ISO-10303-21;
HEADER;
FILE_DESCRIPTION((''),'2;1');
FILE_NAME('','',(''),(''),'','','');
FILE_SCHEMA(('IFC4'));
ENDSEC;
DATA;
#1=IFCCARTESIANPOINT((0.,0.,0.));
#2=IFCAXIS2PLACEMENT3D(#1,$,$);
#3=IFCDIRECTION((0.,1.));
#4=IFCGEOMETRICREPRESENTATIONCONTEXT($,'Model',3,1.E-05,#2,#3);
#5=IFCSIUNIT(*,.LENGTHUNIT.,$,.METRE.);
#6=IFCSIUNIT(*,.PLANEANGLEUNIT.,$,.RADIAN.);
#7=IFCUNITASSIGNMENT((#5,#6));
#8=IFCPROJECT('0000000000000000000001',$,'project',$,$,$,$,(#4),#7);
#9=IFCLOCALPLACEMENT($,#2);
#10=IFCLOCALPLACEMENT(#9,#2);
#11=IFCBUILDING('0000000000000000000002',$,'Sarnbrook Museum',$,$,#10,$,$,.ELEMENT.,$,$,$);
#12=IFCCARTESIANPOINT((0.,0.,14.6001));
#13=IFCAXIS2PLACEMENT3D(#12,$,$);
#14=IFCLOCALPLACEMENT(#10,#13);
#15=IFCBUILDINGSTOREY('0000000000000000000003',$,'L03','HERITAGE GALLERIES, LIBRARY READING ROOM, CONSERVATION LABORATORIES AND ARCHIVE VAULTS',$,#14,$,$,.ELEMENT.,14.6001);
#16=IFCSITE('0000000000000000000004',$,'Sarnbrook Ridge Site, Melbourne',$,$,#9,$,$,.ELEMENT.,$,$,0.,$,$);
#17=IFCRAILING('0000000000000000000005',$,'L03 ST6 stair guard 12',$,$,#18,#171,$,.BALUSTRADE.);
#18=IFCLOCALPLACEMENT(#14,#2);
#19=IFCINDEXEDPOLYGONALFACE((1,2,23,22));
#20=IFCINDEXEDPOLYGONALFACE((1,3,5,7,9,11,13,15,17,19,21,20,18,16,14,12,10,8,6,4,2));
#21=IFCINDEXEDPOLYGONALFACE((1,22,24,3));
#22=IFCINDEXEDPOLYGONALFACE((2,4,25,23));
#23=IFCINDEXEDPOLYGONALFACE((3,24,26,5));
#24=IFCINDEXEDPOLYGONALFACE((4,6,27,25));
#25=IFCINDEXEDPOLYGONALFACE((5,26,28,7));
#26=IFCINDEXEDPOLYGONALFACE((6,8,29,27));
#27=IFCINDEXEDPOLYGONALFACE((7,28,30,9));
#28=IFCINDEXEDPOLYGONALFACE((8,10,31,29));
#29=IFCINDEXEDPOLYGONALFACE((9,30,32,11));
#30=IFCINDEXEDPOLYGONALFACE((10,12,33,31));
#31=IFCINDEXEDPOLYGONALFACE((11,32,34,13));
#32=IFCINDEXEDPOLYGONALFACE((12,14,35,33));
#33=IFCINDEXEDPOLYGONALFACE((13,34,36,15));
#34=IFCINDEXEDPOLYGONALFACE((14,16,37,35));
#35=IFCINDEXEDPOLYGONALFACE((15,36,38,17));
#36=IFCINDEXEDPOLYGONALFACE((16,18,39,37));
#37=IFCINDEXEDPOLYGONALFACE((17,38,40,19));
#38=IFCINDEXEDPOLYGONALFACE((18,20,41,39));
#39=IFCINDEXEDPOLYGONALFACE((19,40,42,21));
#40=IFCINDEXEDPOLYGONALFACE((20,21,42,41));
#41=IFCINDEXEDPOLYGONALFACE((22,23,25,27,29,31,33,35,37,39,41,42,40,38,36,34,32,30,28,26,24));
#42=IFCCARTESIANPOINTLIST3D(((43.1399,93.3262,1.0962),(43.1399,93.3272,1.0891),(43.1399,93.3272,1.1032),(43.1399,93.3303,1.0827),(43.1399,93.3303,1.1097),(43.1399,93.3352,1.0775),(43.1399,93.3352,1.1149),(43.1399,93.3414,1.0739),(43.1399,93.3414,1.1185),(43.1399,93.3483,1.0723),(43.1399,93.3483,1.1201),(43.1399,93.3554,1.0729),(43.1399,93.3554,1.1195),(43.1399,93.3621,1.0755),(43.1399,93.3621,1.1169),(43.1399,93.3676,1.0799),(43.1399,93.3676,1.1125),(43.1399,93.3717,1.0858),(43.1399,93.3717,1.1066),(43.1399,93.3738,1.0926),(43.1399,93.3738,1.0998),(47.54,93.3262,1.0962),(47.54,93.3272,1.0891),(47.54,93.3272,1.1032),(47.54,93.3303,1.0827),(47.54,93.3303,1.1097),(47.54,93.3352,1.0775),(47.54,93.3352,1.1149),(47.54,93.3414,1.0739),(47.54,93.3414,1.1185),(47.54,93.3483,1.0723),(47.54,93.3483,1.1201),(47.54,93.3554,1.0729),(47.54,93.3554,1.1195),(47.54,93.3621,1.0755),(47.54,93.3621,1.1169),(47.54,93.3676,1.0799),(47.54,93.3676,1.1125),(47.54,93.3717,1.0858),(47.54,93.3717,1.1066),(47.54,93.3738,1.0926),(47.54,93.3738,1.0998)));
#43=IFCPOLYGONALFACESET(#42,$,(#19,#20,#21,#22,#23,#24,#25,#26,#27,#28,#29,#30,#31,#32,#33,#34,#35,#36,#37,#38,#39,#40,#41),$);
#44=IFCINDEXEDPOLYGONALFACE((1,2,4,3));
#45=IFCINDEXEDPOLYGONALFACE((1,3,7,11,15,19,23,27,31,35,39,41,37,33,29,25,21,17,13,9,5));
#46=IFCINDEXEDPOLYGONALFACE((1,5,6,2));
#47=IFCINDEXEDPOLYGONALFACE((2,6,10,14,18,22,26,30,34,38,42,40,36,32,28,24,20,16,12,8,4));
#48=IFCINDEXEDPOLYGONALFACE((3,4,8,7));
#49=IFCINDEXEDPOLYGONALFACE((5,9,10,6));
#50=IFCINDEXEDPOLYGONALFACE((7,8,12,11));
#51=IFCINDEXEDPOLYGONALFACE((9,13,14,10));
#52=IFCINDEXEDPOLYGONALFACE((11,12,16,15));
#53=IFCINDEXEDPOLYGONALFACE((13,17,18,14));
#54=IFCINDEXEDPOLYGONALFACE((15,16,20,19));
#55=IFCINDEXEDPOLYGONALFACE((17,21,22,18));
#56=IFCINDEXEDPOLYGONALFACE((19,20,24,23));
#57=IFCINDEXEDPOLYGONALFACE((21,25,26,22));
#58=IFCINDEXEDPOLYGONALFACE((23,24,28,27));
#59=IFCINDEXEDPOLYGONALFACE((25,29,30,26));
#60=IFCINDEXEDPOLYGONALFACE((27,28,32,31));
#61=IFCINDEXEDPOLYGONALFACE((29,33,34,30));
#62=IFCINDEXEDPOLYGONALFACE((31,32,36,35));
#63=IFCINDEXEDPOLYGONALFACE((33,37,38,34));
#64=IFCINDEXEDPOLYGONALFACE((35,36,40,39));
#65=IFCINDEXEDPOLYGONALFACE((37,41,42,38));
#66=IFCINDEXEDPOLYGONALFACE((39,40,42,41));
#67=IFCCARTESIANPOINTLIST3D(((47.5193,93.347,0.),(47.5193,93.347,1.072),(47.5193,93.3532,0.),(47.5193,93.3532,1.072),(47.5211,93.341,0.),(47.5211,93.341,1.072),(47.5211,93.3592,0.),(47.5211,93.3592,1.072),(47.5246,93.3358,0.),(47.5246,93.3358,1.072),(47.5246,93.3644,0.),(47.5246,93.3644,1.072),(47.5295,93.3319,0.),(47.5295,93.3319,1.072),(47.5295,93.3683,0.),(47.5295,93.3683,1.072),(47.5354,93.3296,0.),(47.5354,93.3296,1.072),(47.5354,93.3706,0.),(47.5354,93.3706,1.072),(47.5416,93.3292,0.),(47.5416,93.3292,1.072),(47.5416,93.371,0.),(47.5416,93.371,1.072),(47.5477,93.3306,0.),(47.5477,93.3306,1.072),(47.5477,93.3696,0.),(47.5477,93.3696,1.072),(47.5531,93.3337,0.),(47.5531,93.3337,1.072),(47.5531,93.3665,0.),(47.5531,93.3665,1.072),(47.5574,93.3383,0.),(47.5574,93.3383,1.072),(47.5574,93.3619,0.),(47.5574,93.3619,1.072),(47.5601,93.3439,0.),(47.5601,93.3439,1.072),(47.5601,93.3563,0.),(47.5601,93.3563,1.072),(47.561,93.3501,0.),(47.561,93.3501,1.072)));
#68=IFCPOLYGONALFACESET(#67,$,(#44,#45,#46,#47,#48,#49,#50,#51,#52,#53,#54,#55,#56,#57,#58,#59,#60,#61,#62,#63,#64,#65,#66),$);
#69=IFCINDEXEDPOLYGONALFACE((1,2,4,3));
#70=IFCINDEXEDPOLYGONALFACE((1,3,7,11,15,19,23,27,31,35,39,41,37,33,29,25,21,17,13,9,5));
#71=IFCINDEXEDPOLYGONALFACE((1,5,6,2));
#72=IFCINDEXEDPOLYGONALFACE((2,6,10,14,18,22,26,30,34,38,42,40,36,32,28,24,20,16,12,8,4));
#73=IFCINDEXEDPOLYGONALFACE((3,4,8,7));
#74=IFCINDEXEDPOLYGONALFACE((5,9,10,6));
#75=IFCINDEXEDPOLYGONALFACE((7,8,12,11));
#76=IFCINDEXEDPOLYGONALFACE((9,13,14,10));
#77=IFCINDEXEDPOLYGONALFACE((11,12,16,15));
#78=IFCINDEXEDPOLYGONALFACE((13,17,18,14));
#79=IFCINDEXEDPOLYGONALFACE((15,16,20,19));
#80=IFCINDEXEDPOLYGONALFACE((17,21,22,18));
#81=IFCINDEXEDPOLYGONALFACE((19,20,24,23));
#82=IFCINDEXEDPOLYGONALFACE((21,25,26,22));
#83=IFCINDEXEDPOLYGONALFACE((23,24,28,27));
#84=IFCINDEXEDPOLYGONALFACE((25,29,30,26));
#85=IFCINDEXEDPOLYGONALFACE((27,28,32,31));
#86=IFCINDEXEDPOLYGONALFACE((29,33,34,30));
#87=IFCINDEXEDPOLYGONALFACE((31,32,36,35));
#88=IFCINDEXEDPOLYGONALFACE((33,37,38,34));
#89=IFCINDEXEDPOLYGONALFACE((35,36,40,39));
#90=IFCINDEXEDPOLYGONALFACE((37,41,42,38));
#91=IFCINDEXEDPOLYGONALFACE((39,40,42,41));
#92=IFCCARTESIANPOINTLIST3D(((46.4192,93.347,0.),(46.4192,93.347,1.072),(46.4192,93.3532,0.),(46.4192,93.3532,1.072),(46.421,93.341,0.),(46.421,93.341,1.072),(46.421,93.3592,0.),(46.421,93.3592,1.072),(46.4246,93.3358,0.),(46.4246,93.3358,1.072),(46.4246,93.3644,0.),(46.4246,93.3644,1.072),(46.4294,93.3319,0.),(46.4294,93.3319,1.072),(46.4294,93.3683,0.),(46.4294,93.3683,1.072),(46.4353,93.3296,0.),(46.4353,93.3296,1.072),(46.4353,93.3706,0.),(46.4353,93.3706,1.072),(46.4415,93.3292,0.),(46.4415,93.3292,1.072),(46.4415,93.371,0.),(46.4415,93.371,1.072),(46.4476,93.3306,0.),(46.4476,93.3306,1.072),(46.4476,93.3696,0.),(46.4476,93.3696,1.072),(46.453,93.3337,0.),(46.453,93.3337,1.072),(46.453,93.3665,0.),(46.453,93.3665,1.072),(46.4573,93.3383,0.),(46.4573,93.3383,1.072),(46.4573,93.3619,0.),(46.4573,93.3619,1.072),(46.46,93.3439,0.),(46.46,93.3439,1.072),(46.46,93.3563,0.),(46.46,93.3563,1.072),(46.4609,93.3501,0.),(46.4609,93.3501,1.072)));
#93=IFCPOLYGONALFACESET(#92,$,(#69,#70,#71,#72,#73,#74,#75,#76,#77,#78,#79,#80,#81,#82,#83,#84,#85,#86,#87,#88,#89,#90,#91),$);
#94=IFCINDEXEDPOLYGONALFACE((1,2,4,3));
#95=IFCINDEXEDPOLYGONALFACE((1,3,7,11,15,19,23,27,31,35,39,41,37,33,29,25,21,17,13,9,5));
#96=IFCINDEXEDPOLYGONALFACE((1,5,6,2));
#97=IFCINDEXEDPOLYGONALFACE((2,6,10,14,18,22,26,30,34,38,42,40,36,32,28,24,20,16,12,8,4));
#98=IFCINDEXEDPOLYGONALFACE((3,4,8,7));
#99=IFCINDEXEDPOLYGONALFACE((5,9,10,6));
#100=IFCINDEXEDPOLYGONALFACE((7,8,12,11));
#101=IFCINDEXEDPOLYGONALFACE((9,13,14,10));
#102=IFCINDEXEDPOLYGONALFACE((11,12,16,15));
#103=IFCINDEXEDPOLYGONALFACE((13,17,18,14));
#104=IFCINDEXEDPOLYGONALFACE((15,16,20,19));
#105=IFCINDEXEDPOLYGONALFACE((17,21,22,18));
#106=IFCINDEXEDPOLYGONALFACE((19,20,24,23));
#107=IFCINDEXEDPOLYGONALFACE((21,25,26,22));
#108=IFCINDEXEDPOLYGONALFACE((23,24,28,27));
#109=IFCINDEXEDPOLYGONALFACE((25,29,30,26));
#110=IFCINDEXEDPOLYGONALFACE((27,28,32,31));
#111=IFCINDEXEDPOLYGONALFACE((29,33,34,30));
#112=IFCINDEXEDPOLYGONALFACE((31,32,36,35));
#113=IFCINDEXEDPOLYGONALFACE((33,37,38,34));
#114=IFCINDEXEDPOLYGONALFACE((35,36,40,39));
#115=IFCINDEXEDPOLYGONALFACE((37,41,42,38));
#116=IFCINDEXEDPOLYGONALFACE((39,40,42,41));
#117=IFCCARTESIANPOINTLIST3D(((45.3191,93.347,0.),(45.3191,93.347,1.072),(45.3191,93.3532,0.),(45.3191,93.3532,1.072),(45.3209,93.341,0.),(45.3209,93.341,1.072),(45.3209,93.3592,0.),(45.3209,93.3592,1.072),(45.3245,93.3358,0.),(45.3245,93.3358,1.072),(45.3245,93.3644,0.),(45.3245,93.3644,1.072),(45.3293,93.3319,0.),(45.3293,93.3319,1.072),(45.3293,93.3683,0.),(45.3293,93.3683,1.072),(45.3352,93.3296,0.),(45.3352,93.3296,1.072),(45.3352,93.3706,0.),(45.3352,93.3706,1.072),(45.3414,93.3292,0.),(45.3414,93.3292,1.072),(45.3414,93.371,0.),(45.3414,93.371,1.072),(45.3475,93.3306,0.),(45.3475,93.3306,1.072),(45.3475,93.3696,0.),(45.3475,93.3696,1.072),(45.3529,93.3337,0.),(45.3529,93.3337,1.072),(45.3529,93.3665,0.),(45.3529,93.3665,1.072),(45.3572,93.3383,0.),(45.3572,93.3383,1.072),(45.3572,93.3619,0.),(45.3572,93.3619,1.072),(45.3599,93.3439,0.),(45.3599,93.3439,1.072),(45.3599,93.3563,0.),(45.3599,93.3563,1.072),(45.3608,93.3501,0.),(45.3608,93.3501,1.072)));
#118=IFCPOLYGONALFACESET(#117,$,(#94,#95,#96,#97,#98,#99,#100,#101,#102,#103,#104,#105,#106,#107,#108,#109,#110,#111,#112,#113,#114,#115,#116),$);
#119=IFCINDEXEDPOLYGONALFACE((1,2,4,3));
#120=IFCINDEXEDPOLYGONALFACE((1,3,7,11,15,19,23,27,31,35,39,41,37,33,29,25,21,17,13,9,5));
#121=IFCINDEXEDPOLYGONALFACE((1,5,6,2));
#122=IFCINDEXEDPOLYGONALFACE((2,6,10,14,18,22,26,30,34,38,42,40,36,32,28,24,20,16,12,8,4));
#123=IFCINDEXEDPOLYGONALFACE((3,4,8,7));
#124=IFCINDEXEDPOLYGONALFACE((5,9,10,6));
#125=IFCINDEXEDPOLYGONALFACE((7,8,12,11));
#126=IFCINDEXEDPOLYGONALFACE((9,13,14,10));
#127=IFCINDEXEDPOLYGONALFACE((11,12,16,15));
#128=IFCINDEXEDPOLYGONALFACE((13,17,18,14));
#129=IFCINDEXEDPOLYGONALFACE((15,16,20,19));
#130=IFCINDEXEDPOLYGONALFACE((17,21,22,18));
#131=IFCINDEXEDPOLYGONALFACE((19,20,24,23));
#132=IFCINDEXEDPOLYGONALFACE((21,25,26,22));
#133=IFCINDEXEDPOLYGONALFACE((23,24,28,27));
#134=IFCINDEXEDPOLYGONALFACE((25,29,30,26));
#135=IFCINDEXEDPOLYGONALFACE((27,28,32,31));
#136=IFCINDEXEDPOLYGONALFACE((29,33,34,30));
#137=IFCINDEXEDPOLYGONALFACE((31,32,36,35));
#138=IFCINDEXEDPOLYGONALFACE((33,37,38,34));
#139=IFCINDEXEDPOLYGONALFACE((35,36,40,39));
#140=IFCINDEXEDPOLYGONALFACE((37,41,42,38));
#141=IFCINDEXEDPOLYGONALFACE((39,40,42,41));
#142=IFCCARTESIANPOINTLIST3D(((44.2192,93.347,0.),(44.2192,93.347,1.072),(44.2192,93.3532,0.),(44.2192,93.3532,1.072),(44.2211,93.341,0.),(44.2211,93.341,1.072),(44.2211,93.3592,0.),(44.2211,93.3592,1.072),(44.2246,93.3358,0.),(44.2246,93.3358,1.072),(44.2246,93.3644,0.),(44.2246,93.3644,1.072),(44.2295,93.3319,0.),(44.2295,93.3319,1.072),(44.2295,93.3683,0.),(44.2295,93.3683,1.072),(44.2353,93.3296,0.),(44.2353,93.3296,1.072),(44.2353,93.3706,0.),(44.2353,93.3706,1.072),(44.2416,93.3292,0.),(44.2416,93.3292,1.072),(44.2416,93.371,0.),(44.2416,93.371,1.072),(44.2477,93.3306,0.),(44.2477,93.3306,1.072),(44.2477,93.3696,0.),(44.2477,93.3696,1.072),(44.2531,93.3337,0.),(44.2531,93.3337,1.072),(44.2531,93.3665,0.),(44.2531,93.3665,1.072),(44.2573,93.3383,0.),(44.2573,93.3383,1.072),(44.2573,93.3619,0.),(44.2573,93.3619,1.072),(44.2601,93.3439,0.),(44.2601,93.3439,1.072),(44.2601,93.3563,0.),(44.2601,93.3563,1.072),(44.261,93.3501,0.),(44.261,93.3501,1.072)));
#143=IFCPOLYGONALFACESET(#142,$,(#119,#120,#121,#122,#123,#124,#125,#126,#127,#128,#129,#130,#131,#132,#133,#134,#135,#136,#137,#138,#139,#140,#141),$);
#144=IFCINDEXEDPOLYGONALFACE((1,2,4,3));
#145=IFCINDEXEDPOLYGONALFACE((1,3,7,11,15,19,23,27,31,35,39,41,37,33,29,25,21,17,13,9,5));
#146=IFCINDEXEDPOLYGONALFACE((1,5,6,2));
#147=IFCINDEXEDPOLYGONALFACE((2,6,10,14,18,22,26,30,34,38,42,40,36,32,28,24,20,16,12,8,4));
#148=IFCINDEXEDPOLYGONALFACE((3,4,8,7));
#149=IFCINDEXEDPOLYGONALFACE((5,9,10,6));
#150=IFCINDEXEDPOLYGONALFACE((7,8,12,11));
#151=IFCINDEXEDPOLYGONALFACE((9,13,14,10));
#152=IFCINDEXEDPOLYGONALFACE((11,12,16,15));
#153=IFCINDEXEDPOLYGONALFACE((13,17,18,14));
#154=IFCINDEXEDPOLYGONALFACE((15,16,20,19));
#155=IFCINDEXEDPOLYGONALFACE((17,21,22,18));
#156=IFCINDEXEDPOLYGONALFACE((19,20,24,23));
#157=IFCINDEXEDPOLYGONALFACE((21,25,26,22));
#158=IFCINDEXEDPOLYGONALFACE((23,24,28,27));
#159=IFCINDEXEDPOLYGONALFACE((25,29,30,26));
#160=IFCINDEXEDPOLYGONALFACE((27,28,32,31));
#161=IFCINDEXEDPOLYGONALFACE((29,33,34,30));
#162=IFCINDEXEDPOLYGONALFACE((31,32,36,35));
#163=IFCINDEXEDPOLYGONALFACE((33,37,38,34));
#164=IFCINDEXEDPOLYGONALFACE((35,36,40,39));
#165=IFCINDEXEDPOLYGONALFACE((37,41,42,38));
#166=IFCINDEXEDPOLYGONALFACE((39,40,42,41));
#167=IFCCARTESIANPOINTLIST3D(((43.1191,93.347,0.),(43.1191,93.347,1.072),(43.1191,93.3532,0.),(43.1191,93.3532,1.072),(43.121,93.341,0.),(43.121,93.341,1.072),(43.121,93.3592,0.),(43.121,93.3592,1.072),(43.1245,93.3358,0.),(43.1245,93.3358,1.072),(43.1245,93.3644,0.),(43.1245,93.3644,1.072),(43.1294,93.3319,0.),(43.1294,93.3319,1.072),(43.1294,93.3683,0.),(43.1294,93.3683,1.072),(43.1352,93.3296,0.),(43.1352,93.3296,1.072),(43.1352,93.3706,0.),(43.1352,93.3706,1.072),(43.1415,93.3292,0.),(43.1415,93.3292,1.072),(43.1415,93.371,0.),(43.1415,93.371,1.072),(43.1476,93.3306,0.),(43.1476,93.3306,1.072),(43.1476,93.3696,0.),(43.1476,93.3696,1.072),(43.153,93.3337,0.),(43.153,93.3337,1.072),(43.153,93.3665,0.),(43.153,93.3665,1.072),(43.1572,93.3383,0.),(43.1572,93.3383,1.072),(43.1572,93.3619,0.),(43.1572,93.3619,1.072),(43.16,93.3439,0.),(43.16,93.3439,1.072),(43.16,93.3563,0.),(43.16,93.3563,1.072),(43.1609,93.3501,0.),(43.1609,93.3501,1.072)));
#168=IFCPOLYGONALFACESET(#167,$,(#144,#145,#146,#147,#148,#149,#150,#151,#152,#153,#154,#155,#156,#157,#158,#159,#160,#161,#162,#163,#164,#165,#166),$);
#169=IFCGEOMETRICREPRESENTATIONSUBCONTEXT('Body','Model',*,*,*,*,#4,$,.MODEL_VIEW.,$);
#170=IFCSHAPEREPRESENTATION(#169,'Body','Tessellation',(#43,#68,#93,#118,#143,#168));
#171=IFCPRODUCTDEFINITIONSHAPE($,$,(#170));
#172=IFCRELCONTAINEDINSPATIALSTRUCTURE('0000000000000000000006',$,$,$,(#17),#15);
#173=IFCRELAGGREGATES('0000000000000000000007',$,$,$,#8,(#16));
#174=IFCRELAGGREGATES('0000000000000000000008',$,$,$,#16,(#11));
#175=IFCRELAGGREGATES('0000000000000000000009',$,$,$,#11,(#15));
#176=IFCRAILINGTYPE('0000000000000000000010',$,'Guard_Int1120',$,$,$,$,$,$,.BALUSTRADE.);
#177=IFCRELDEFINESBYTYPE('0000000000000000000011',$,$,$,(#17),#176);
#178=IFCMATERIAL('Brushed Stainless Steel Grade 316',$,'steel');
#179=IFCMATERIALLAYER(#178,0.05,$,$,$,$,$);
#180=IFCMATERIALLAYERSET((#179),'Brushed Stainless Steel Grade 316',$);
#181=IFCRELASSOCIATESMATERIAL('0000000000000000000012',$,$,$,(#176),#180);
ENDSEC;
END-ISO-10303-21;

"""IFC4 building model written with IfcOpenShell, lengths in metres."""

from ifc_helpers import new_model, si_unit, direction, frame, origin, origin_2d, place, context, subcontext, project, spatial, circle, extrude, material, layer, layer_set, type_object, element, save


model = new_model("IFC4")

# Units and contexts
model_context = context("Model", 3, precision=1e-05, world=origin(), true_north=direction((0.0, 1.0)))
body_context = subcontext(model_context, "Body", "Model", "MODEL_VIEW")
ifc_project = project(units=[si_unit("LENGTHUNIT", "METRE"), si_unit("PLANEANGLEUNIT", "RADIAN")], contexts=[model_context])

# Site, building, storey
site_placement = place(None, origin())
site = spatial("IfcSite", under=ifc_project, at=site_placement, Name="Sarnbrook Ridge Site, Melbourne", CompositionType="ELEMENT", RefElevation=0.0)
building_placement = place(site_placement, origin())
building = spatial("IfcBuilding", under=site, at=building_placement, Name="Sarnbrook Museum", CompositionType="ELEMENT")
storey_placement = place(building_placement, frame((0.0, 0.0, 14.6001)))
storey = spatial("IfcBuildingStorey", under=building, at=storey_placement, Name="L03", Description="HERITAGE GALLERIES, LIBRARY READING ROOM, CONSERVATION LABORATORIES AND ARCHIVE VAULTS", CompositionType="ELEMENT", Elevation=14.6001)

# Railing
ifc_material_1 = material(Name="Brushed Stainless Steel Grade 316", Category="steel")
ifc_layer_1 = layer(ifc_material_1, 0.05)
ifc_layer_set_1 = layer_set([ifc_layer_1], Name="Brushed Stainless Steel Grade 316")
railing_type = type_object("IfcRailingType", Name="Guard_Int1120", PredefinedType="BALUSTRADE", material=ifc_layer_set_1)
railing_1_placement = place(storey_placement, frame((47.54, 93.3501, 0.0)))
element("IfcRailing", 1, at=railing_1_placement, inside=storey, type_object=railing_type, Name="L03 ST6 stair guard 12", PredefinedType="BALUSTRADE", context=body_context, shape_type="SweptSolid", body=[
    extrude(circle(Radius=0.0239, at=origin_2d()), frame((0.0, 0.0, 1.0962), z_axis=(-1.0, 0.0, 0.0), x_axis=(0.0, -1.0, 0.0)), (0.0, 0.0, 1.0), 4.4001),
    extrude(circle(Radius=0.021, at=origin_2d()), origin(), (0.0, 0.0, 1.0), 1.072),
    extrude(circle(Radius=0.021, at=origin_2d()), frame((-1.1001, 0.0, 0.0)), (0.0, 0.0, 1.0), 1.072),
    extrude(circle(Radius=0.021, at=origin_2d()), frame((-2.2002, 0.0, 0.0)), (0.0, 0.0, 1.0), 1.072),
    extrude(circle(Radius=0.021, at=origin_2d()), frame((-3.3, 0.0, 0.0)), (0.0, 0.0, 1.0), 1.072),
    extrude(circle(Radius=0.021, at=origin_2d()), frame((-4.4001, 0.0, 0.0)), (0.0, 0.0, 1.0), 1.072),
])

save(model, "model.ifc")
